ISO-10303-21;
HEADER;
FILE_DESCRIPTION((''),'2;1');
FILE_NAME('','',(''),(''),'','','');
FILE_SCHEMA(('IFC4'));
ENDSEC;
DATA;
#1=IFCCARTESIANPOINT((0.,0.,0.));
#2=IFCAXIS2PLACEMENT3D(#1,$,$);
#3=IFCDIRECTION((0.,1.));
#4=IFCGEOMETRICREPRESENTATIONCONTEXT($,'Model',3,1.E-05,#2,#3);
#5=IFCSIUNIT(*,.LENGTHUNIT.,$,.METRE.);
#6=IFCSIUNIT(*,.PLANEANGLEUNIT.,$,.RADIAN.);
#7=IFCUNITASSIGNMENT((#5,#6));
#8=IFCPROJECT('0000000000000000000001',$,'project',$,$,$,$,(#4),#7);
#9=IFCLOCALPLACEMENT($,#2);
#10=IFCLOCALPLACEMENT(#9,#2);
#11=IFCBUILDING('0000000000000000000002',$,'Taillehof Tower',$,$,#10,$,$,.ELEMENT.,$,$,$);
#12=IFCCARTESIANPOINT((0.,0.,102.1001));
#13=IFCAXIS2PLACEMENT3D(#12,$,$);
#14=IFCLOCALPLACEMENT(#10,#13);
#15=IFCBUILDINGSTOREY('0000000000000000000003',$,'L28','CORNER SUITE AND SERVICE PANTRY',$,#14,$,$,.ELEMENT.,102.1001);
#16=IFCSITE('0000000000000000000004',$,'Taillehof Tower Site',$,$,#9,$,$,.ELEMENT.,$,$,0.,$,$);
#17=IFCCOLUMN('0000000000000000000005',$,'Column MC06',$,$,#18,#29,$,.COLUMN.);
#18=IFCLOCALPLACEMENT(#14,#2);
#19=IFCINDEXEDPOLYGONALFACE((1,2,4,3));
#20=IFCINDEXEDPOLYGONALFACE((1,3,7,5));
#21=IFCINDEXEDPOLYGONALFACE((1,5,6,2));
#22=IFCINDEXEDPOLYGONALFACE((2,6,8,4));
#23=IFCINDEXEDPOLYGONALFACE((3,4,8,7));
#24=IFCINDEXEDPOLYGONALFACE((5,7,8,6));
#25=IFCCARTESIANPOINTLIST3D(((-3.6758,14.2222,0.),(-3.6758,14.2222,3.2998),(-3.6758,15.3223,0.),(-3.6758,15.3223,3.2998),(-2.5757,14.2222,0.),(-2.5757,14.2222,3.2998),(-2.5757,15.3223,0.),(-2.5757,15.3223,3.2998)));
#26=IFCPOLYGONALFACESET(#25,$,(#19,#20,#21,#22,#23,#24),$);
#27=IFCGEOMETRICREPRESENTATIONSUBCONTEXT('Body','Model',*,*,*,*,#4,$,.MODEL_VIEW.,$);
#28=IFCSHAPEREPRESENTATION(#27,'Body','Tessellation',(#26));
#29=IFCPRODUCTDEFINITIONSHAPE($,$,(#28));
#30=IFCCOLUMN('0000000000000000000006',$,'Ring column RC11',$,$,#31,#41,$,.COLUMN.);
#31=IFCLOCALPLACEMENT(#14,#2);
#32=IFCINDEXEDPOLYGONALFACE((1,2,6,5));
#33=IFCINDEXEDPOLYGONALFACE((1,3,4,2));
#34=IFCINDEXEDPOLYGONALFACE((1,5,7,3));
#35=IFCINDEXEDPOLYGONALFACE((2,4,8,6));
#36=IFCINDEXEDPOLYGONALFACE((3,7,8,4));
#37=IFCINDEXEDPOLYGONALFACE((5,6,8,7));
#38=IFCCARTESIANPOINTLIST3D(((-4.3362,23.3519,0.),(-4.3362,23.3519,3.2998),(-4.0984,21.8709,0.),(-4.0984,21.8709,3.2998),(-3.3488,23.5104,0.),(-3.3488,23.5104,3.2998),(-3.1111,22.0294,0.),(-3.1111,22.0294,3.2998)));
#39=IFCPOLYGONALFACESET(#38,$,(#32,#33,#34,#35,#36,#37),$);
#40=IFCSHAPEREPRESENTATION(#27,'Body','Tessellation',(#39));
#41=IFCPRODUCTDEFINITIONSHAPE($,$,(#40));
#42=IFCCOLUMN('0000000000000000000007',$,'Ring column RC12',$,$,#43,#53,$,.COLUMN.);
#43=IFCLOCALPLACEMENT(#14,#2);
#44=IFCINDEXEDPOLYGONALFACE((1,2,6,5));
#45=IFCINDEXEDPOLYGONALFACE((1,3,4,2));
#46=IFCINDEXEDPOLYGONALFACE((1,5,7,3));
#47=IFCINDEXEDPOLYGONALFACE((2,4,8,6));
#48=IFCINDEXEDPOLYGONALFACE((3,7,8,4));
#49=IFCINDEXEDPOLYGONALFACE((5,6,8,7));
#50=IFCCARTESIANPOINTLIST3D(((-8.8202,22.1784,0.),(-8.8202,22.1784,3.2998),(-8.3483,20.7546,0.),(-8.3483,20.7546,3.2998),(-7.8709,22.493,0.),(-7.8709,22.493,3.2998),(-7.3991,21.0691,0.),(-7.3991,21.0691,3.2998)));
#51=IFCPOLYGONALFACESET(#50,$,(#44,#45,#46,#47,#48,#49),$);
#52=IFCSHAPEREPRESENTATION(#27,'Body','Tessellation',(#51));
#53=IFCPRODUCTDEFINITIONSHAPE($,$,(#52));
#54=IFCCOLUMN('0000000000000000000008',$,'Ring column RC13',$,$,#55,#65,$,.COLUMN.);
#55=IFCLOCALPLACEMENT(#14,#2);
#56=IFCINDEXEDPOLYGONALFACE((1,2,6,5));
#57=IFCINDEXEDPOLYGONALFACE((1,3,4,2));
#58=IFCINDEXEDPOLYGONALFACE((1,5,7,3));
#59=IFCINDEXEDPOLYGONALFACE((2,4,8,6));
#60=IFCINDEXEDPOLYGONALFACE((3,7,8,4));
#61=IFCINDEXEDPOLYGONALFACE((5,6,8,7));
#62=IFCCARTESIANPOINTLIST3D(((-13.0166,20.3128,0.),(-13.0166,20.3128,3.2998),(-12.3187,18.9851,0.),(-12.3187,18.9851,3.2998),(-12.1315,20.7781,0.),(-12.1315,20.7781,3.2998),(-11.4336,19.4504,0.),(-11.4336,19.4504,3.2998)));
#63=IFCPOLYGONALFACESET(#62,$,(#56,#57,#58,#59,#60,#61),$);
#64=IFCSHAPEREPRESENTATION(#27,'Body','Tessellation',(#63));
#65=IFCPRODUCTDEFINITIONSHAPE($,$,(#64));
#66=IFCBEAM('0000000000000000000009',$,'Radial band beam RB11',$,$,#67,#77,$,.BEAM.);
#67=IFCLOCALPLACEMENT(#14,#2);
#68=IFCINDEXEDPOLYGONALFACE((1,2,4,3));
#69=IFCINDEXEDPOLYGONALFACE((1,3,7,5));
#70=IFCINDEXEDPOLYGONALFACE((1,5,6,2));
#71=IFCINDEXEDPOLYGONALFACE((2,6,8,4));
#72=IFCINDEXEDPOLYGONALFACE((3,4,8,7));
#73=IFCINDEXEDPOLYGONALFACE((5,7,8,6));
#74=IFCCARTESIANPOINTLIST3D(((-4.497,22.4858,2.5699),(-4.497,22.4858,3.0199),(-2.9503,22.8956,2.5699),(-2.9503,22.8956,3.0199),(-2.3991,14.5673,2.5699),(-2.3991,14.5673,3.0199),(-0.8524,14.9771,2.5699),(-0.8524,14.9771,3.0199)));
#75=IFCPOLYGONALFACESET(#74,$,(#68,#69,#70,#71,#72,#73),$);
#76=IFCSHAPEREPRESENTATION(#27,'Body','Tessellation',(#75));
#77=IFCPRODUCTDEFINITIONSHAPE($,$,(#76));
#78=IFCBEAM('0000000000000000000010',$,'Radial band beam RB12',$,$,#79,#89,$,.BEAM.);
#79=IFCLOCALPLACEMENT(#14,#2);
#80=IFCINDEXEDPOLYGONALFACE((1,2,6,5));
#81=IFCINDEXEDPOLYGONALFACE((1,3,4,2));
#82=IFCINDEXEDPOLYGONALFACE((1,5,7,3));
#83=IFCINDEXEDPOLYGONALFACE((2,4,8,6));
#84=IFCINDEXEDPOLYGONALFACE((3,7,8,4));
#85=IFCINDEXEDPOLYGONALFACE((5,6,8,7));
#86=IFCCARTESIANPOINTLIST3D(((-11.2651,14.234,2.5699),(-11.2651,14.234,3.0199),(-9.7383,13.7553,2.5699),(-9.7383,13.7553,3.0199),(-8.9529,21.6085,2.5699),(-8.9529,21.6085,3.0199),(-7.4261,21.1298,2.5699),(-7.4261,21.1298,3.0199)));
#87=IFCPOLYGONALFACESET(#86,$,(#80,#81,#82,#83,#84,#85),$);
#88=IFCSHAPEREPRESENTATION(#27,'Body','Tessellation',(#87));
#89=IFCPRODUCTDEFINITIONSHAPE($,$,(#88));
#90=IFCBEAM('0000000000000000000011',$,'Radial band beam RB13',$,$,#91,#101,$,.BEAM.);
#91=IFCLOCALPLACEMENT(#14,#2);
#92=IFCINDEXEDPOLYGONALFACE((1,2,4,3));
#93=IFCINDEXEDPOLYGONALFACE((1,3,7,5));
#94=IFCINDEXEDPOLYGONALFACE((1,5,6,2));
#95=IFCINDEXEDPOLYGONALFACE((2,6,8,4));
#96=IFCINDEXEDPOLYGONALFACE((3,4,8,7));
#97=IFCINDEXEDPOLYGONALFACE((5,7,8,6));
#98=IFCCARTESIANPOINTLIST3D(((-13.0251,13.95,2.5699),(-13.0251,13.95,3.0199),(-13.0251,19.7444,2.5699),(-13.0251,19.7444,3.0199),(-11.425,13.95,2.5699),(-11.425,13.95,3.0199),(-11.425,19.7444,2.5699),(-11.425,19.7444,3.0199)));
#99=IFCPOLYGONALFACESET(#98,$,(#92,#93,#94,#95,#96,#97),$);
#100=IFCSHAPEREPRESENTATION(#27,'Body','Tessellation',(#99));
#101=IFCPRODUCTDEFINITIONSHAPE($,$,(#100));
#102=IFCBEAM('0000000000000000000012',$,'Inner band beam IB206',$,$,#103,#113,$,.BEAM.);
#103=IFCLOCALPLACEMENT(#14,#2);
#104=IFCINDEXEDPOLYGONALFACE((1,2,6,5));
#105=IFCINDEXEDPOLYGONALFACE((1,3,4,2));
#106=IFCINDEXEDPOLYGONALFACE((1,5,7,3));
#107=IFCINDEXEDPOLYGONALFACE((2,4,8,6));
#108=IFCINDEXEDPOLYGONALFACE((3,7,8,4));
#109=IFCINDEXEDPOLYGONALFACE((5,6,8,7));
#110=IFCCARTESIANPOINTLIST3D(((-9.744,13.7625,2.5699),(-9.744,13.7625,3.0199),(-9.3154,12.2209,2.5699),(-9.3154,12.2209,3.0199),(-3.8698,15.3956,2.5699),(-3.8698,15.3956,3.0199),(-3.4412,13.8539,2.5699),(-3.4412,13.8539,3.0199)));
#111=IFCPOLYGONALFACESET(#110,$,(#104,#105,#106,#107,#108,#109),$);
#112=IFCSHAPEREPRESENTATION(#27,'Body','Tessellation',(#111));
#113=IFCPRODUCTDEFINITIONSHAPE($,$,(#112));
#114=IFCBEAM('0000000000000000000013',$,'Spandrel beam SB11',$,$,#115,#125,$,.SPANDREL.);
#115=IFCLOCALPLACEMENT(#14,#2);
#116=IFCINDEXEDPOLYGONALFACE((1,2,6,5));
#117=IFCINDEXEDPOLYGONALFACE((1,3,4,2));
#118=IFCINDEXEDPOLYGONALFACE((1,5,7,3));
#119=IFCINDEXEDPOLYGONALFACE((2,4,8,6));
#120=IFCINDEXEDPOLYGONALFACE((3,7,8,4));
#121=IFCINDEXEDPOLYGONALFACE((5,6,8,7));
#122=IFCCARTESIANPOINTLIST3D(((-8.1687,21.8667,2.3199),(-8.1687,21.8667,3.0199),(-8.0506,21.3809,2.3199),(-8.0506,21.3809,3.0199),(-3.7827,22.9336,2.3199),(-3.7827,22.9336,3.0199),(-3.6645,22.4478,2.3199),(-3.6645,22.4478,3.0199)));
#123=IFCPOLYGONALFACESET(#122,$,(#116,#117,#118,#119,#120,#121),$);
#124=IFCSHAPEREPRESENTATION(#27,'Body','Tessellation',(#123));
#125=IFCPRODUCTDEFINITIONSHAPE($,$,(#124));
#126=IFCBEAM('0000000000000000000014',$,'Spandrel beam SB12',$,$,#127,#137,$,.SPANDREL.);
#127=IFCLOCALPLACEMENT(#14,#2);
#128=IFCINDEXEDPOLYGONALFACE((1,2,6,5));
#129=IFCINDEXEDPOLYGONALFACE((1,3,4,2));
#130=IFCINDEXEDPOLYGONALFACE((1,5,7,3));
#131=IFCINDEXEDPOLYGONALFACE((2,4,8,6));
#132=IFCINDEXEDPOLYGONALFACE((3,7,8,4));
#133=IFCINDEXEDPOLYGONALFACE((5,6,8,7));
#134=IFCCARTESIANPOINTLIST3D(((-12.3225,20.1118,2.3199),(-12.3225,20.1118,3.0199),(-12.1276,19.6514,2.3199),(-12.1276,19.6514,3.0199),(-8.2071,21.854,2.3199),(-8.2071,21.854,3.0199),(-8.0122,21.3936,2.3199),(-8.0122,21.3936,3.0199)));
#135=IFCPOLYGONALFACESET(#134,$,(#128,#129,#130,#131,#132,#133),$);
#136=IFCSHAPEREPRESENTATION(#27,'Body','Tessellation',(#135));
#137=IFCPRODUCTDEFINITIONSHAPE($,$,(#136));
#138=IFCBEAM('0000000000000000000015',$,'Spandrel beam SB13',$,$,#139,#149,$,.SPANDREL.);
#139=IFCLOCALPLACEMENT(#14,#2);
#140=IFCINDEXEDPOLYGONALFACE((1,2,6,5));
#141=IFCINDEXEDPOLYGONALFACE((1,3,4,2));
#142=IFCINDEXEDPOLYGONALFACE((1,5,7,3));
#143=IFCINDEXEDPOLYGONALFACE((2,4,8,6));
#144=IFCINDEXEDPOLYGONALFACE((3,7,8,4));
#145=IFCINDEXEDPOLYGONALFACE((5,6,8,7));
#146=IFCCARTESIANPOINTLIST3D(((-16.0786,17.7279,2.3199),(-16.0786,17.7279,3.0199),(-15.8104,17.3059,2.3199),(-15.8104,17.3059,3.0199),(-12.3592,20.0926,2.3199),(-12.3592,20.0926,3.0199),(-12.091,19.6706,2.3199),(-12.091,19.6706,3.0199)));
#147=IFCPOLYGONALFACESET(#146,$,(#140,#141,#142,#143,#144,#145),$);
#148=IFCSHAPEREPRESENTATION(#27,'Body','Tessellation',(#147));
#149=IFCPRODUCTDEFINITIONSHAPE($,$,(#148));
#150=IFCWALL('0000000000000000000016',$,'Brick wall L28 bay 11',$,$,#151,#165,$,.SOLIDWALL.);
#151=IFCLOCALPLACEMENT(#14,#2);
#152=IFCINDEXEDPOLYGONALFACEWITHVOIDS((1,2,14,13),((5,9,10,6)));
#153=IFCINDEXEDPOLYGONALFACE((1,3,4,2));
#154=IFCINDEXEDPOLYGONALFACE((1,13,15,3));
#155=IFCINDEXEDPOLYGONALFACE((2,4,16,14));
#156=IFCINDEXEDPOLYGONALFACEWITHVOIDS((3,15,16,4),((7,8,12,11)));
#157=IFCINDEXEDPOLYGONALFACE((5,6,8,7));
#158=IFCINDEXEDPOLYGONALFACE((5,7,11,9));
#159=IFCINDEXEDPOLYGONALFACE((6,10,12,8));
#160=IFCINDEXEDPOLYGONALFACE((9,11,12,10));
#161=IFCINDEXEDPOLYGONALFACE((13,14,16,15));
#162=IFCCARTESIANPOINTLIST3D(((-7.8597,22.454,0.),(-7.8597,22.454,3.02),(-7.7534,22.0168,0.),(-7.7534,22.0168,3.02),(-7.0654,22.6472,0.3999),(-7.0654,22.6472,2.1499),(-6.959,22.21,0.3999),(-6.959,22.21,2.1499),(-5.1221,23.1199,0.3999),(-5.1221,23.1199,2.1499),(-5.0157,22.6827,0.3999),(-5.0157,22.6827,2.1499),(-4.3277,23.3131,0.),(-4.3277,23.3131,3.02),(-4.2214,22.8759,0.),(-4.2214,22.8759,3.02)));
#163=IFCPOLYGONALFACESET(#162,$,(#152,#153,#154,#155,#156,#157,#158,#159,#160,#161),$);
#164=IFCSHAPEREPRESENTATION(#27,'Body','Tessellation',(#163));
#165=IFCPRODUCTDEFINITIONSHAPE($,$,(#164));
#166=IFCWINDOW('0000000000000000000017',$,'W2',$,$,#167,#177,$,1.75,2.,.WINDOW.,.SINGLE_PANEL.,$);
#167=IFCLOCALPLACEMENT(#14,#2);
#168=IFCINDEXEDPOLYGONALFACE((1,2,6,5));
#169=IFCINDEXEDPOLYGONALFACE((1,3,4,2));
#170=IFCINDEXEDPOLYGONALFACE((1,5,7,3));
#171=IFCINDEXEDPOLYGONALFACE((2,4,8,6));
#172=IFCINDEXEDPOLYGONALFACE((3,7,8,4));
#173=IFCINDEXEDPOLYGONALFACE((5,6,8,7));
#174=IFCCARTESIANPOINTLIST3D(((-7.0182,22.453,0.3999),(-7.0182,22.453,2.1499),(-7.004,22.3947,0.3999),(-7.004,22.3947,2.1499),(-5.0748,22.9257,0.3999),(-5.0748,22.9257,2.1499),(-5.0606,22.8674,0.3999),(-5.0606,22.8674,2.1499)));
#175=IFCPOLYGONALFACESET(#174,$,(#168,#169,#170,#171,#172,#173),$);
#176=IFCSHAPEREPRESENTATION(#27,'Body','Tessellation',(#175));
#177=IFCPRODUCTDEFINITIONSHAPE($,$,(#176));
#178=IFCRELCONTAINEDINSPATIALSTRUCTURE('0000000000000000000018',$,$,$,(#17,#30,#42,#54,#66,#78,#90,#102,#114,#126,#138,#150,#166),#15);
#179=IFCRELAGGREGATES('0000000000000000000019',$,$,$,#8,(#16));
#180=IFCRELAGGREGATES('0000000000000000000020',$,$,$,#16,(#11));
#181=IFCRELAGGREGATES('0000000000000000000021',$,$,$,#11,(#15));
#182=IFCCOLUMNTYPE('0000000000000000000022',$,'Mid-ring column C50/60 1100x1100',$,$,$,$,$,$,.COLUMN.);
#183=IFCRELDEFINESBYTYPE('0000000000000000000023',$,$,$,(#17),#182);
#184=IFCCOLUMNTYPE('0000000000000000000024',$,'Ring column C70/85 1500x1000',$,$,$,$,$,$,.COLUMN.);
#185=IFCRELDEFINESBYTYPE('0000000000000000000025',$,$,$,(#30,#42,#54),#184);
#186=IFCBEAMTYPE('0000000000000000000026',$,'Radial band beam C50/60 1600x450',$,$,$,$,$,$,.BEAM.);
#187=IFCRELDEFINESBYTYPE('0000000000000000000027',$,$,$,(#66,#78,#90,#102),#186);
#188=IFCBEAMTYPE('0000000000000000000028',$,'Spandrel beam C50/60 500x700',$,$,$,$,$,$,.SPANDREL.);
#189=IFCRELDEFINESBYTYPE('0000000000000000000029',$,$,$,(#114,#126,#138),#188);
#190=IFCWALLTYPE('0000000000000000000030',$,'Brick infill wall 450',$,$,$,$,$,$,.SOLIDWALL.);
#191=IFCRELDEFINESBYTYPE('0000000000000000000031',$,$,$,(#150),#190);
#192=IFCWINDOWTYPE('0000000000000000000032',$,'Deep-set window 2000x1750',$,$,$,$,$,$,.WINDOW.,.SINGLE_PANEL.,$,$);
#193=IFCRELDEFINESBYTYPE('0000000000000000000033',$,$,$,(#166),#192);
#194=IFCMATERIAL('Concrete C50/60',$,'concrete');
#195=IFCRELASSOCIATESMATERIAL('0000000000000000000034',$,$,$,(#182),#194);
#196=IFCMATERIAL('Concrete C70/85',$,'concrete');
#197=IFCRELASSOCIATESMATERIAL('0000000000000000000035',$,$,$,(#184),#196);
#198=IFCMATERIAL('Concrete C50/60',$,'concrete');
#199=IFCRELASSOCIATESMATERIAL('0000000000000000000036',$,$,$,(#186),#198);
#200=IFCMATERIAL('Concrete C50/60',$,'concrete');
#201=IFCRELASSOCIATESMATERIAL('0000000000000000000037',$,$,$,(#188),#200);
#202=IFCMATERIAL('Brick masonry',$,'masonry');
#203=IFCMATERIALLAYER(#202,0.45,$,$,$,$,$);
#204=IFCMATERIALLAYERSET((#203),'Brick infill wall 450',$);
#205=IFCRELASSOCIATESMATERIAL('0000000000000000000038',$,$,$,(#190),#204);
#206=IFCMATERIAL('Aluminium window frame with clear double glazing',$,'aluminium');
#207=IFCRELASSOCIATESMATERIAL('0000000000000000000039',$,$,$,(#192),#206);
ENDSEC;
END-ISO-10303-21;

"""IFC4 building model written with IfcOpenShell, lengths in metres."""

from ifc_helpers import new_model, si_unit, direction, frame, frame_2d, origin, origin_2d, place, context, subcontext, project, spatial, rectangle, extrude, material, layer, layer_set, material_profile, profile_set, type_object, element, fill, save


model = new_model("IFC4")

# Units and contexts
model_context = context("Model", 3, precision=1e-05, world=origin(), true_north=direction((0.0, 1.0)))
body_context = subcontext(model_context, "Body", "Model", "MODEL_VIEW")
ifc_project = project(units=[si_unit("LENGTHUNIT", "METRE"), si_unit("PLANEANGLEUNIT", "RADIAN")], contexts=[model_context])

# Site, building, storey
site_placement = place(None, origin())
site = spatial("IfcSite", under=ifc_project, at=site_placement, Name="Taillehof Tower Site", CompositionType="ELEMENT", RefElevation=0.0)
building_placement = place(site_placement, origin())
building = spatial("IfcBuilding", under=site, at=building_placement, Name="Taillehof Tower", CompositionType="ELEMENT")
storey_placement = place(building_placement, frame((0.0, 0.0, 102.1001)))
storey = spatial("IfcBuildingStorey", under=building, at=storey_placement, Name="L28", Description="CORNER SUITE AND SERVICE PANTRY", CompositionType="ELEMENT", Elevation=102.1001)

# Columns
ifc_material_1 = material(Name="Concrete C50/60", Category="concrete")
ifc_material_profile_1 = material_profile(ifc_material_1, rectangle(XDim=1.1001, YDim=1.1001, at=origin_2d()), Name="RC 1100x1100")
ifc_profile_set_1 = profile_set([ifc_material_profile_1], Name="Concrete C50/60")
column_type_1 = type_object("IfcColumnType", Name="Mid-ring column C50/60 1100x1100", PredefinedType="COLUMN", material=ifc_profile_set_1)
column_placement = place(storey_placement, frame((-3.1257, 14.7722, 0.0), z_axis=(0.0, 0.0, 1.0), x_axis=(1.0, 0.0, 0.0)))
element("IfcColumn", 1, at=column_placement, inside=storey, type_object=column_type_1, Name="Column MC06", PredefinedType="COLUMN", context=body_context, shape_type="SweptSolid", body=[
    extrude(rectangle(XDim=1.1001, YDim=1.1001, at=origin_2d()), origin(), (0.0, 0.0, 1.0), 3.2998),
])
ifc_material_2 = material(Name="Concrete C70/85", Category="concrete")
ifc_material_profile_2 = material_profile(ifc_material_2, rectangle(XDim=1.5, YDim=1.0, at=origin_2d()), Name="RC 1500x1000")
ifc_profile_set_2 = profile_set([ifc_material_profile_2], Name="Concrete C70/85")
column_type_2 = type_object("IfcColumnType", Name="Ring column C70/85 1500x1000", PredefinedType="COLUMN", material=ifc_profile_set_2)
for number, where, z_axis, x_axis, name in (
    (2, (-3.7236, 22.6907, 0.0), (0.0, 0.0, 1.0), (-0.158507, 0.987358, 0.0), "Ring column RC11"),
    (3, (-8.1096, 21.6238, 0.0), (0.0, 0.0, 1.0), (-0.314555, 0.949239, 0.0), "Ring column RC12"),
    (4, (-12.2251, 19.8816, 0.0), (0.0, 0.0, 1.0), (-0.465283, 0.885162, 0.0), "Ring column RC13"),
):
    element("IfcColumn", number, at=place(storey_placement, frame(where, z_axis=z_axis, x_axis=x_axis)), inside=storey, type_object=column_type_2, Name=name, PredefinedType="COLUMN", context=body_context, shape_type="SweptSolid", body=[
        extrude(rectangle(XDim=1.5, YDim=1.0, at=origin_2d()), origin(), (0.0, 0.0, 1.0), 3.2998),
    ])

# Beams
ifc_material_3 = material(Name="Concrete C50/60", Category="concrete")
ifc_material_profile_3 = material_profile(ifc_material_3, rectangle(XDim=1.6001, YDim=0.45, at=origin_2d()), Name="RC 1600x450")
ifc_profile_set_3 = profile_set([ifc_material_profile_3], Name="Concrete C50/60")
beam_type_1 = type_object("IfcBeamType", Name="Radial band beam C50/60 1600x450", PredefinedType="BEAM", material=ifc_profile_set_3)
beam_1_placement = place(storey_placement, frame((-3.7236, 22.6907, 2.7949), z_axis=(0.256102, -0.96665, 0.0), x_axis=(0.96665, 0.256102, 0.0)))
element("IfcBeam", 5, at=beam_1_placement, inside=storey, type_object=beam_type_1, Name="Radial band beam RB11", PredefinedType="BEAM", context=body_context, shape_type="SweptSolid", body=[
    extrude(rectangle(XDim=1.6001, YDim=0.45, at=origin_2d()), origin(), (0.0, 0.0, 1.0), 8.1917),
])
beam_2_placement = place(storey_placement, frame((-8.1895, 21.3691, 2.7949), z_axis=(-0.299185, -0.954195, 0.0), x_axis=(0.954195, -0.299185, 0.0)))
element("IfcBeam", 6, at=beam_2_placement, inside=storey, type_object=beam_type_1, Name="Radial band beam RB12", PredefinedType="BEAM", context=body_context, shape_type="SweptSolid", body=[
    extrude(rectangle(XDim=1.6001, YDim=0.45, at=origin_2d()), origin(), (0.0, 0.0, 1.0), 7.7285),
])
beam_3_placement = place(storey_placement, frame((-12.2251, 19.7444, 2.7949), z_axis=(0.0, -1.0, 0.0), x_axis=(1.0, 0.0, 0.0)))
element("IfcBeam", 7, at=beam_3_placement, inside=storey, type_object=beam_type_1, Name="Radial band beam RB13", PredefinedType="BEAM", context=body_context, shape_type="SweptSolid", body=[
    extrude(rectangle(XDim=1.6001, YDim=0.45, at=origin_2d()), origin(), (0.0, 0.0, 1.0), 5.7944),
])
beam_4_placement = place(storey_placement, frame((-3.6555, 14.6248, 2.7949), z_axis=(-0.963459, -0.267855, 0.0), x_axis=(0.267855, -0.963459, 0.0)))
element("IfcBeam", 8, at=beam_4_placement, inside=storey, type_object=beam_type_1, Name="Inner band beam IB206", PredefinedType="BEAM", context=body_context, shape_type="SweptSolid", body=[
    extrude(rectangle(XDim=1.6001, YDim=0.45, at=origin_2d()), origin(), (0.0, 0.0, 1.0), 6.0969),
])
ifc_material_4 = material(Name="Concrete C50/60", Category="concrete")
ifc_material_profile_4 = material_profile(ifc_material_4, rectangle(XDim=0.5, YDim=0.7, at=origin_2d()), Name="RC 500x700")
ifc_profile_set_4 = profile_set([ifc_material_profile_4], Name="Concrete C50/60")
beam_type_2 = type_object("IfcBeamType", Name="Spandrel beam C50/60 500x700", PredefinedType="SPANDREL", material=ifc_profile_set_4)
beam_5_placement = place(storey_placement, frame((-3.7236, 22.6907, 2.6699), z_axis=(-0.971666, -0.236358, 0.0), x_axis=(0.236358, -0.971666, 0.0)))
element("IfcBeam", 9, at=beam_5_placement, inside=storey, type_object=beam_type_2, Name="Spandrel beam SB11", PredefinedType="SPANDREL", context=body_context, shape_type="SweptSolid", body=[
    extrude(rectangle(XDim=0.5, YDim=0.7, at=origin_2d()), origin(), (0.0, 0.0, 1.0), 4.5139),
])
beam_6_placement = place(storey_placement, frame((-8.1096, 21.6238, 2.6699), z_axis=(-0.920885, -0.389834, 0.0), x_axis=(0.389834, -0.920885, 0.0)))
element("IfcBeam", 10, at=beam_6_placement, inside=storey, type_object=beam_type_2, Name="Spandrel beam SB12", PredefinedType="SPANDREL", context=body_context, shape_type="SweptSolid", body=[
    extrude(rectangle(XDim=0.5, YDim=0.7, at=origin_2d()), origin(), (0.0, 0.0, 1.0), 4.469),
])
beam_7_placement = place(storey_placement, frame((-12.2251, 19.8816, 2.6699), z_axis=(-0.843887, -0.536521, 0.0), x_axis=(0.536521, -0.843887, 0.0)))
element("IfcBeam", 11, at=beam_7_placement, inside=storey, type_object=beam_type_2, Name="Spandrel beam SB13", PredefinedType="SPANDREL", context=body_context, shape_type="SweptSolid", body=[
    extrude(rectangle(XDim=0.5, YDim=0.7, at=origin_2d()), origin(), (0.0, 0.0, 1.0), 4.4075),
])

# Wall, opening, window
ifc_material_5 = material(Name="Brick masonry", Category="masonry")
ifc_layer_1 = layer(ifc_material_5, 0.45)
ifc_layer_set_1 = layer_set([ifc_layer_1], Name="Brick infill wall 450")
wall_type_1 = type_object("IfcWallType", Name="Brick infill wall 450", PredefinedType="SOLIDWALL", material=ifc_layer_set_1)
wall_1_placement = place(storey_placement, frame((-4.2747, 23.0945, 0.0), z_axis=(0.0, 0.0, 1.0), x_axis=(-0.971668, -0.236352, 0.0)))
wall_1 = element("IfcWall", 12, at=wall_1_placement, inside=storey, type_object=wall_type_1, Name="Brick wall L28 bay 11", PredefinedType="SOLIDWALL", context=body_context, shape_type="SweptSolid", body=[
    extrude(rectangle(XDim=3.635, YDim=0.45, at=frame_2d((1.8174, 0.0))), origin(), (0.0, 0.0, 1.0), 3.02),
])
opening_1_placement = place(wall_1_placement, frame((0.8174, 0.0, 0.3999)))
opening_1 = element("IfcOpeningElement", 13, at=opening_1_placement, cuts=wall_1, PredefinedType="OPENING", context=body_context, shape_type="SweptSolid", body=[
    extrude(rectangle(XDim=2.0, YDim=1.75, at=frame_2d((1.0, 0.875))), frame((0.0, 0.2349, 0.0), z_axis=(0.0, -1.0, 0.0), x_axis=(1.0, 0.0, 0.0)), (0.0, 0.0, 1.0), 0.47),
])
ifc_material_6 = material(Name="Aluminium window frame with clear double glazing", Category="aluminium")
window_type = type_object("IfcWindowType", Name="Deep-set window 2000x1750", PartitioningType="SINGLE_PANEL", PredefinedType="WINDOW", material=ifc_material_6)
window_1_placement = place(opening_1_placement, origin())
window_1 = element("IfcWindow", 14, at=window_1_placement, inside=storey, type_object=window_type, Name="W2", OverallHeight=1.75, OverallWidth=2.0, PartitioningType="SINGLE_PANEL", PredefinedType="WINDOW", context=body_context, shape_type="SweptSolid", body=[
    extrude(rectangle(XDim=2.0, YDim=1.75, at=frame_2d((1.0, 0.875))), frame((0.0, 0.0349, 0.0), z_axis=(0.0, -1.0, 0.0), x_axis=(1.0, 0.0, 0.0)), (0.0, 0.0, 1.0), 0.0601),
])
fill(opening_1, window_1)

save(model, "model.ifc")
